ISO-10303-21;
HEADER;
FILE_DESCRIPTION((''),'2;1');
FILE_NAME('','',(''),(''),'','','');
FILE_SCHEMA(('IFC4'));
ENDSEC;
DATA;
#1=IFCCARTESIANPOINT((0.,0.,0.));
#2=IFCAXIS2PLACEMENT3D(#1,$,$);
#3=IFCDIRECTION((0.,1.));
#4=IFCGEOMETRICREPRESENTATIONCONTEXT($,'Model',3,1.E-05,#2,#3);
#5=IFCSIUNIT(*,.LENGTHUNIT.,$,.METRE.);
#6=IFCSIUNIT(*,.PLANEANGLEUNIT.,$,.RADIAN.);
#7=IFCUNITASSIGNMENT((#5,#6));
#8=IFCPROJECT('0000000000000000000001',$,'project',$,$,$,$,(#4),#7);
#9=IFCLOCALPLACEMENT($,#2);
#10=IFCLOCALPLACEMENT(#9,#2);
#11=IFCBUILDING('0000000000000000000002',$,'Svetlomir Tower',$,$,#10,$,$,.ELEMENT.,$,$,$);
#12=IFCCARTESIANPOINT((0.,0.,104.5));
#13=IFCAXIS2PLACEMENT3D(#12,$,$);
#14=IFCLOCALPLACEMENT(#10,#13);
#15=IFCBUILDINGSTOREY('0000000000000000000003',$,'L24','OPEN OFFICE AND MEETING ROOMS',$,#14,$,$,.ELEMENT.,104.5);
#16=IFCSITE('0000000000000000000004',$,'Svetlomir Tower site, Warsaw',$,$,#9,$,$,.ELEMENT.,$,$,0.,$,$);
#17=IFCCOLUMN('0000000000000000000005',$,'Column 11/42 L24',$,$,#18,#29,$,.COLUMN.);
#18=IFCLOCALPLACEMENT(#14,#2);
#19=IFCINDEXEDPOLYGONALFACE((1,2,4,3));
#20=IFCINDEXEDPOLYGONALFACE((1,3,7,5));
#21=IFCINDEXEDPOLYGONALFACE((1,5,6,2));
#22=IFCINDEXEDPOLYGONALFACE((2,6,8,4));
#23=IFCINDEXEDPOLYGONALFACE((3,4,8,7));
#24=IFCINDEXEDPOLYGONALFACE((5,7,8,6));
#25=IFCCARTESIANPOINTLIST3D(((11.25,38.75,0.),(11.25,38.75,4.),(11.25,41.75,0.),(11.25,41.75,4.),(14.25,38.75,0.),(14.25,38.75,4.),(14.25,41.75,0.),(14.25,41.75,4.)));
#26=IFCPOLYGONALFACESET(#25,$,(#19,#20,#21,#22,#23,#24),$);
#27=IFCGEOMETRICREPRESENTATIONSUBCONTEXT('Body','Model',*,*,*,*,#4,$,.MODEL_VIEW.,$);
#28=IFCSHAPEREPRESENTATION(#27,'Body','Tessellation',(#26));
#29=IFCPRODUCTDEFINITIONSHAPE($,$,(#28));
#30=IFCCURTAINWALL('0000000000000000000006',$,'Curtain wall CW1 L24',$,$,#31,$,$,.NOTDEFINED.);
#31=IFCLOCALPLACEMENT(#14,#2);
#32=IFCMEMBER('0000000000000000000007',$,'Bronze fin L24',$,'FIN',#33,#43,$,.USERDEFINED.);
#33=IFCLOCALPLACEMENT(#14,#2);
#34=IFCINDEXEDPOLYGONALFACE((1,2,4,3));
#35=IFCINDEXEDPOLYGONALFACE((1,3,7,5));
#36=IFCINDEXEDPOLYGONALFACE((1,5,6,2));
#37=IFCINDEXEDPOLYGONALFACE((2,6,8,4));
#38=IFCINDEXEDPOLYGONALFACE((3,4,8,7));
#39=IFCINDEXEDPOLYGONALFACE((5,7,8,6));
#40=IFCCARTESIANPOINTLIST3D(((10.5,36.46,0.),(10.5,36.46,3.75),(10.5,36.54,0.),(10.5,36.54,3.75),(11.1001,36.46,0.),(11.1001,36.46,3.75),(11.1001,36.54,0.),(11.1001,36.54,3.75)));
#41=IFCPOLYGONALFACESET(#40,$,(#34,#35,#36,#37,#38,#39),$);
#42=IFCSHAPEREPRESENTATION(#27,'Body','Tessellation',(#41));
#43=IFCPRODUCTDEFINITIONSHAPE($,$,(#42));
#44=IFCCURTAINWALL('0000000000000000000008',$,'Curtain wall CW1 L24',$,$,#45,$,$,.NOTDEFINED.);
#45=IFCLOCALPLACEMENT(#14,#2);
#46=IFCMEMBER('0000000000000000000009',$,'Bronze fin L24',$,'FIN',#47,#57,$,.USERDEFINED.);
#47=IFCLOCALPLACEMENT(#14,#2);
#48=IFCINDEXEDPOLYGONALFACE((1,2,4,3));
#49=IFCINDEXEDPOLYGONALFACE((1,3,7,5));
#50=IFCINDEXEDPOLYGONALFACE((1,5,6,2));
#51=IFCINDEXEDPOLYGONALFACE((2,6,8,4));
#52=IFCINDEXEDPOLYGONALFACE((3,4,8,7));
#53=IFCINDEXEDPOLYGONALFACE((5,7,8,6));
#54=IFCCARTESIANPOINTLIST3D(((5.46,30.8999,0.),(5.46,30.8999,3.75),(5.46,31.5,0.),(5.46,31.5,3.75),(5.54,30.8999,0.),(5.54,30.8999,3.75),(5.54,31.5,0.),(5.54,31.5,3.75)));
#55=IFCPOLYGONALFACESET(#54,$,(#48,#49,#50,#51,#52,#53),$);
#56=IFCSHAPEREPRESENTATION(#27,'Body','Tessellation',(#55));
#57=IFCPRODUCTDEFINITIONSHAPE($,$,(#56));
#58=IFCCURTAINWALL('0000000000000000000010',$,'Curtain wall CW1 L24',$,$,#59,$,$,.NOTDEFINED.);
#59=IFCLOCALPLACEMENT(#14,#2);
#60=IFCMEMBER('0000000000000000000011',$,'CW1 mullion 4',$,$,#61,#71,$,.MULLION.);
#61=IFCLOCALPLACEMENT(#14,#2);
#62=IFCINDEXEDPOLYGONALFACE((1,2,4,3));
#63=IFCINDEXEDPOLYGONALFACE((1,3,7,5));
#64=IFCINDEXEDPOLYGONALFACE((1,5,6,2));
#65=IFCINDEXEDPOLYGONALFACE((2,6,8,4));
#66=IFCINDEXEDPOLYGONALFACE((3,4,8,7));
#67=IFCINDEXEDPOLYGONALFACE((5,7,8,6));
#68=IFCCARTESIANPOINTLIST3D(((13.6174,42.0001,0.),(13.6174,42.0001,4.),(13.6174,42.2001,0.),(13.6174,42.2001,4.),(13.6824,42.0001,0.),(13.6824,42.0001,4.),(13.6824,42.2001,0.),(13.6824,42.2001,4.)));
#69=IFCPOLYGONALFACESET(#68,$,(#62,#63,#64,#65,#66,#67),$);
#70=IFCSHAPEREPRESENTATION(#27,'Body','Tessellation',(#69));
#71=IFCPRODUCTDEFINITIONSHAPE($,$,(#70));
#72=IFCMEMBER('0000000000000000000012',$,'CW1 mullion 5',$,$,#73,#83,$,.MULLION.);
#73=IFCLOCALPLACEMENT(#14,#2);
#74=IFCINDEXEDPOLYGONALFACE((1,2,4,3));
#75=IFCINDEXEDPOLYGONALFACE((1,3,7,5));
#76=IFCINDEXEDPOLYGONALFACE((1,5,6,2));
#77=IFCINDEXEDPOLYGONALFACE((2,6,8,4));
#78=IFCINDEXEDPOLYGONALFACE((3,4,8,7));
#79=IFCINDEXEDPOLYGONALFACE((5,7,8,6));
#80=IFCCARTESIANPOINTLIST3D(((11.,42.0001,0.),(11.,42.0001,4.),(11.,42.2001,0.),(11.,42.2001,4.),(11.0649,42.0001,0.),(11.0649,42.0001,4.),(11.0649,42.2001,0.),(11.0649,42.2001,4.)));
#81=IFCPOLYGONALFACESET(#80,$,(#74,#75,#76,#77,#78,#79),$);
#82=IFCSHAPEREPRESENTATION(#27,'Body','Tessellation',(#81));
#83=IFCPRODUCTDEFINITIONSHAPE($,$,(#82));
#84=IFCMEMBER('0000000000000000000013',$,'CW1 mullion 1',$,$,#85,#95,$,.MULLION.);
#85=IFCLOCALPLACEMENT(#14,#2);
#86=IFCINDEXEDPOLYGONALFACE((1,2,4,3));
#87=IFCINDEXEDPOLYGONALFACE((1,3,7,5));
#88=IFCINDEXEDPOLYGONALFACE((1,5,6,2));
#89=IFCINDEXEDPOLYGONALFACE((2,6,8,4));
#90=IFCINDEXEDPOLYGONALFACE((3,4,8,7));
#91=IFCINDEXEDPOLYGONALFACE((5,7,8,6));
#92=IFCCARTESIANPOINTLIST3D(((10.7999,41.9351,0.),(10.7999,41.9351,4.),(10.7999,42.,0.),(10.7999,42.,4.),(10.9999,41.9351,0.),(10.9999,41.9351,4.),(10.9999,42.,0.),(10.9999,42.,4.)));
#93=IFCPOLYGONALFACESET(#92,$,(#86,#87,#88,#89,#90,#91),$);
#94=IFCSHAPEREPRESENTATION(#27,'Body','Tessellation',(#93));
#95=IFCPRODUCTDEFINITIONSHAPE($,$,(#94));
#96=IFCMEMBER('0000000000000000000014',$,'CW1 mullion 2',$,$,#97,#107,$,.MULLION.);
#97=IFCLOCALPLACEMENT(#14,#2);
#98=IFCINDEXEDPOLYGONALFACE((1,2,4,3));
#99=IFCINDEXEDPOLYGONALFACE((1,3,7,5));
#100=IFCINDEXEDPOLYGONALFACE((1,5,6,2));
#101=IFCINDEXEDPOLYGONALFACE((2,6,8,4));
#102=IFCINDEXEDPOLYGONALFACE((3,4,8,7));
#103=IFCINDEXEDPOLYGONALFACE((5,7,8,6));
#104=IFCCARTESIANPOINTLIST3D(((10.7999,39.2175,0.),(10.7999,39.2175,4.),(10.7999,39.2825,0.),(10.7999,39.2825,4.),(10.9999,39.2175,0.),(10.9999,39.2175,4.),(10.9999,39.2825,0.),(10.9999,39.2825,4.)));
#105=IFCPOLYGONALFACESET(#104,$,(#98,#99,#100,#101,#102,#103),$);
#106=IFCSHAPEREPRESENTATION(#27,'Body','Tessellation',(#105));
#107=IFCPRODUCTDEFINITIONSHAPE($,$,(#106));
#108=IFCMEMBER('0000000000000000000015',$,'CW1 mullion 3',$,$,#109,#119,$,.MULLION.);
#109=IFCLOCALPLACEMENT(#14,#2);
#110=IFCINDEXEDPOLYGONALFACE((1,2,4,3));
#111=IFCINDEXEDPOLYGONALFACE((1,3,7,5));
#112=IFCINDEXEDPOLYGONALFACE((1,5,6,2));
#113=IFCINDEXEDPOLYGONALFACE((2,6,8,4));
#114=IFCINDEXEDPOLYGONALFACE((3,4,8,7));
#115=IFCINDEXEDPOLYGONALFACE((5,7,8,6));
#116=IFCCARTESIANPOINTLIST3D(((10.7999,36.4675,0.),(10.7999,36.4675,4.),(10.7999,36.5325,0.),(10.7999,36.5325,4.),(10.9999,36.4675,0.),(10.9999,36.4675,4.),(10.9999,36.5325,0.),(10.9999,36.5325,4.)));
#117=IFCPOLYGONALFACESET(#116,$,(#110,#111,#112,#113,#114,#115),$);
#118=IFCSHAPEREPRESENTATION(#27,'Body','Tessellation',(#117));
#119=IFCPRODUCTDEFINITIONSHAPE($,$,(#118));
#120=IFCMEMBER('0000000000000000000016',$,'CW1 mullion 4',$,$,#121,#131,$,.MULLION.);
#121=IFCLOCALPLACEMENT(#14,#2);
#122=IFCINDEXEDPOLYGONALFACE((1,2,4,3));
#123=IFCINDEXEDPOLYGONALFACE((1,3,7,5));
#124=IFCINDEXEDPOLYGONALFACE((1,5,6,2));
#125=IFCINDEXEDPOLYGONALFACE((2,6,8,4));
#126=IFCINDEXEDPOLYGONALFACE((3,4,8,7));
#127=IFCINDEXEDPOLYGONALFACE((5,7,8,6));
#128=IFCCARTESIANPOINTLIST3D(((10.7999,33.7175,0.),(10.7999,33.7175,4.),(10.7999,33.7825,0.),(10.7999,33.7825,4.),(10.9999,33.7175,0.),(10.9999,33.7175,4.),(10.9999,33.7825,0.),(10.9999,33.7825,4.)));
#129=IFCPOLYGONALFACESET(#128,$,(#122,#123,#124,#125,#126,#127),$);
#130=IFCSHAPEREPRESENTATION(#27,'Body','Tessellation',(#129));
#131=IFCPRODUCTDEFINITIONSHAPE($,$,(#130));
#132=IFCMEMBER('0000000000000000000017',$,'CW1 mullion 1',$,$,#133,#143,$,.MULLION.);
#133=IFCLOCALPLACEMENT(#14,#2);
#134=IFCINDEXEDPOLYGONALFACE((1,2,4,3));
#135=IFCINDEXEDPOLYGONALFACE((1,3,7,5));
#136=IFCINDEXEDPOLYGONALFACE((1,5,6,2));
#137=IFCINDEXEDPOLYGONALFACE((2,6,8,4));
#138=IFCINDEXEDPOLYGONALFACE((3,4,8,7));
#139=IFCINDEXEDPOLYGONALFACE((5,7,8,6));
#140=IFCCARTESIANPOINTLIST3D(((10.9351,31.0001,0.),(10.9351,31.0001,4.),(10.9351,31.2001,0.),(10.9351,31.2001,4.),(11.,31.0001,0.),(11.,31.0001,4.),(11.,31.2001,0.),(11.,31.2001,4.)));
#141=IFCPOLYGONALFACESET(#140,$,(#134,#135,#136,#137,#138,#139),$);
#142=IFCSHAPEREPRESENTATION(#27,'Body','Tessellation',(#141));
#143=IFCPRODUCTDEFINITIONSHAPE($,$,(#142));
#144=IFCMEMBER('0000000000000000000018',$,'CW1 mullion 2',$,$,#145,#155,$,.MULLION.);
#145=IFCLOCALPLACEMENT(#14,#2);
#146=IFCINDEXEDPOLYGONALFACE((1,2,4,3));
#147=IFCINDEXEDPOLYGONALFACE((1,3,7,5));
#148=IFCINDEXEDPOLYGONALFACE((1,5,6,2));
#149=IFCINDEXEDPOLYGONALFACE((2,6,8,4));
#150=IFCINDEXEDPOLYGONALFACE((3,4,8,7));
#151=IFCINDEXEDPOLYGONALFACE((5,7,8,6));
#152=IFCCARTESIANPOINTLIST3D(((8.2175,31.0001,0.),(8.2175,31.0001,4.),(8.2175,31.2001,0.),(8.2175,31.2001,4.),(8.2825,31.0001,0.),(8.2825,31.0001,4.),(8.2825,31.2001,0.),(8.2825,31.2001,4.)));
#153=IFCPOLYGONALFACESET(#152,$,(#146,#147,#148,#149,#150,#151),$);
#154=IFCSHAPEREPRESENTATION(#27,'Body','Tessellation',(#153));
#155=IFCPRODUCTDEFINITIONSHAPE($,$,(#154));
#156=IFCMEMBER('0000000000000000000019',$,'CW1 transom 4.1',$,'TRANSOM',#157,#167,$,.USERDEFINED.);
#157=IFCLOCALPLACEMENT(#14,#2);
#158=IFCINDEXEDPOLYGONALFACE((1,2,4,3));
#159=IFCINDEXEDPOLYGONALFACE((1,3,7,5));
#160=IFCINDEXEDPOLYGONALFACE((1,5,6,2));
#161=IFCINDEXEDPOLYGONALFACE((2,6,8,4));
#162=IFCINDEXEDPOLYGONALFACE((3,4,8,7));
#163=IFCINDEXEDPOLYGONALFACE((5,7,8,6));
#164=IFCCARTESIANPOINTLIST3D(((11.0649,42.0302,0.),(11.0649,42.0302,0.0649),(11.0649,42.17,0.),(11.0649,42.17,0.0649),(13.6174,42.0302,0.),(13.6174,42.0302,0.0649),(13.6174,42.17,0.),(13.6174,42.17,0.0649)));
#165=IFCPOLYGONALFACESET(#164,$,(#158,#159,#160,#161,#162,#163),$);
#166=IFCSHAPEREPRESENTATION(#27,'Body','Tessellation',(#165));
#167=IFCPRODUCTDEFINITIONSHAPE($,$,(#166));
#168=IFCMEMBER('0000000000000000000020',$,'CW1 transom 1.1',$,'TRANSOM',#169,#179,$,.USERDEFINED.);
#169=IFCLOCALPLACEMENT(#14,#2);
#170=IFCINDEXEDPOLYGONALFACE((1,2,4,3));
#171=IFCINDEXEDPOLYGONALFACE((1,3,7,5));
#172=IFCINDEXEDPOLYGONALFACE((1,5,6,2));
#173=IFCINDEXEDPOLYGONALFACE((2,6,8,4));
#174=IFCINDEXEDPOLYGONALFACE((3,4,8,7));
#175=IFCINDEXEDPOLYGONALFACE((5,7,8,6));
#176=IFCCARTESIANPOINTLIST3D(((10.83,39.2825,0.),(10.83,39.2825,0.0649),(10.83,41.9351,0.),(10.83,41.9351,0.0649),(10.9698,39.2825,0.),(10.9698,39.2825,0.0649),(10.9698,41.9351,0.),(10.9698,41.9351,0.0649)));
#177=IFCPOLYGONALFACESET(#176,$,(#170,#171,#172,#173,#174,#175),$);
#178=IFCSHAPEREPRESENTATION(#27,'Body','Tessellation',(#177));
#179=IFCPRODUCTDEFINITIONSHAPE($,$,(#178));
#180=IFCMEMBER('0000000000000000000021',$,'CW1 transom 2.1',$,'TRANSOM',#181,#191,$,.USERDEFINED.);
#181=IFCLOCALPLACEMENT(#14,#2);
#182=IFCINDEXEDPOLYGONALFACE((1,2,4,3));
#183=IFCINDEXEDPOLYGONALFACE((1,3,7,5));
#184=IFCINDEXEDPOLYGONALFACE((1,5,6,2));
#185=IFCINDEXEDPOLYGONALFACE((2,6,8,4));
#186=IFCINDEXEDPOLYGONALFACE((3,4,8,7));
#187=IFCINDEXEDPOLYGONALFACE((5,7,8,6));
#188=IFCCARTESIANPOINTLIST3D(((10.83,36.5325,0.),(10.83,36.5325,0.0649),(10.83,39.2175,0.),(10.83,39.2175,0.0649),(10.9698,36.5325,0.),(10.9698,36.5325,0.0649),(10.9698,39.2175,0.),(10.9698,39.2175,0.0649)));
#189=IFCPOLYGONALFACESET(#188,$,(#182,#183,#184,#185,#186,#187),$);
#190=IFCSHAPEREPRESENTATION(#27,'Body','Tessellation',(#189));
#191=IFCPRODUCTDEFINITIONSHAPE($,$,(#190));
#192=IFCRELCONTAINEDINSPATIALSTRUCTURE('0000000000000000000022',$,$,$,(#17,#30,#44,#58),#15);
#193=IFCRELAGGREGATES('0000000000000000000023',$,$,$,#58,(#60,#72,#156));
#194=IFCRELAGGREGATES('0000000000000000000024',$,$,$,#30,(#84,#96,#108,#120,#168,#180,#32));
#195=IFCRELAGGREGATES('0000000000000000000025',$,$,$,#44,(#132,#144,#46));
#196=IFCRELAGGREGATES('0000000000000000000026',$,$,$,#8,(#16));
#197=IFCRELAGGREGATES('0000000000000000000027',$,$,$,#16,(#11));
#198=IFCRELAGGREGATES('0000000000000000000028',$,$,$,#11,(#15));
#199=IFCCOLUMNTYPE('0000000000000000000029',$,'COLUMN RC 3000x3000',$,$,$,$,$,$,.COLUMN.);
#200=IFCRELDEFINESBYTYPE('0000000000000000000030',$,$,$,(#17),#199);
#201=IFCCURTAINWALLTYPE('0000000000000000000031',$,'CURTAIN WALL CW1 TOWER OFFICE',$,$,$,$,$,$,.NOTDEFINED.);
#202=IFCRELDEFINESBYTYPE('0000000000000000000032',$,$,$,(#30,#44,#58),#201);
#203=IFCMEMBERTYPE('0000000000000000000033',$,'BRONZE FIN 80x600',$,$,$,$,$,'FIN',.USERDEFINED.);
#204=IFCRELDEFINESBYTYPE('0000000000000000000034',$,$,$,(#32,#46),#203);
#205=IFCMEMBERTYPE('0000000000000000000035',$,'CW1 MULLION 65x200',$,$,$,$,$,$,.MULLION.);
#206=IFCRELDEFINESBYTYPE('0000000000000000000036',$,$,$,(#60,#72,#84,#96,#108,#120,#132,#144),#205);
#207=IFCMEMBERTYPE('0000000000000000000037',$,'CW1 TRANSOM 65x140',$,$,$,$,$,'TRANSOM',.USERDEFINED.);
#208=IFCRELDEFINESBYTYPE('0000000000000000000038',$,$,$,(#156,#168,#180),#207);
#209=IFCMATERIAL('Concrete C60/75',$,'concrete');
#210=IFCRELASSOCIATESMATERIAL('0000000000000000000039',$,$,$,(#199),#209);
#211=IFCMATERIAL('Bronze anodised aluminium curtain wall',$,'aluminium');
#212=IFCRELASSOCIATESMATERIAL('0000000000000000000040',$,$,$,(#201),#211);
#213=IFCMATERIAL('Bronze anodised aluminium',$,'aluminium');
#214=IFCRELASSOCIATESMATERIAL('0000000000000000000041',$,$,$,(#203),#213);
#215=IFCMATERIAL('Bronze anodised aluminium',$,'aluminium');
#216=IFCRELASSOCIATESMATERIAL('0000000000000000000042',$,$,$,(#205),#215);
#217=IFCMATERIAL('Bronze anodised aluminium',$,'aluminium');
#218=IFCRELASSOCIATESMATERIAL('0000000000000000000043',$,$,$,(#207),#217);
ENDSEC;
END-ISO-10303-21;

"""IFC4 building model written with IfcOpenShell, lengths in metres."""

from ifc_helpers import new_model, si_unit, direction, frame, origin, origin_2d, place, context, subcontext, project, spatial, rectangle, extrude, material, material_profile, profile_set, type_object, element, aggregate, save


model = new_model("IFC4")

# Units and contexts
model_context = context("Model", 3, precision=1e-05, world=origin(), true_north=direction((0.0, 1.0)))
body_context = subcontext(model_context, "Body", "Model", "MODEL_VIEW")
ifc_project = project(units=[si_unit("LENGTHUNIT", "METRE"), si_unit("PLANEANGLEUNIT", "RADIAN")], contexts=[model_context])

# Site, building, storey
site_placement = place(None, origin())
site = spatial("IfcSite", under=ifc_project, at=site_placement, Name="Svetlomir Tower site, Warsaw", CompositionType="ELEMENT", RefElevation=0.0)
building_placement = place(site_placement, origin())
building = spatial("IfcBuilding", under=site, at=building_placement, Name="Svetlomir Tower", CompositionType="ELEMENT")
storey_placement = place(building_placement, frame((0.0, 0.0, 104.5)))
storey = spatial("IfcBuildingStorey", under=building, at=storey_placement, Name="L24", Description="OPEN OFFICE AND MEETING ROOMS", CompositionType="ELEMENT", Elevation=104.5)

# Column
ifc_material_1 = material(Name="Concrete C60/75", Category="concrete")
ifc_material_profile_1 = material_profile(ifc_material_1, rectangle(XDim=3.0, YDim=3.0, at=origin_2d()), Name="RC 3000x3000")
ifc_profile_set_1 = profile_set([ifc_material_profile_1], Name="Concrete C60/75")
column_type = type_object("IfcColumnType", Name="COLUMN RC 3000x3000", PredefinedType="COLUMN", material=ifc_profile_set_1)
column_placement = place(storey_placement, frame((12.75, 40.25, 0.0), z_axis=(0.0, 0.0, 1.0), x_axis=(1.0, 0.0, 0.0)))
element("IfcColumn", 1, at=column_placement, inside=storey, type_object=column_type, Name="Column 11/42 L24", PredefinedType="COLUMN", context=body_context, shape_type="SweptSolid", body=[
    extrude(rectangle(XDim=3.0, YDim=3.0, at=origin_2d()), origin(), (0.0, 0.0, 1.0), 4.0),
])

# Curtain walls, members
ifc_material_2 = material(Name="Bronze anodised aluminium curtain wall", Category="aluminium")
curtain_wall_type = type_object("IfcCurtainWallType", Name="CURTAIN WALL CW1 TOWER OFFICE", PredefinedType="NOTDEFINED", material=ifc_material_2)
curtain_wall_1_placement = place(storey_placement, origin())
curtain_wall_1 = element("IfcCurtainWall", 2, at=curtain_wall_1_placement, inside=storey, type_object=curtain_wall_type, Name="Curtain wall CW1 L24", PredefinedType="NOTDEFINED")
ifc_material_3 = material(Name="Bronze anodised aluminium", Category="aluminium")
ifc_material_profile_2 = material_profile(ifc_material_3, rectangle(XDim=0.0801, YDim=0.6001, at=origin_2d()), Name="FIN 80x600")
ifc_profile_set_2 = profile_set([ifc_material_profile_2], Name="Bronze anodised aluminium 6063-T6")
member_type_1 = type_object("IfcMemberType", Name="BRONZE FIN 80x600", ElementType="FIN", PredefinedType="USERDEFINED", material=ifc_profile_set_2)
member_1_placement = place(storey_placement, frame((10.8, 36.5, 0.0), z_axis=(0.0, 0.0, 1.0), x_axis=(0.0, 1.0, 0.0)))
member_1 = element("IfcMember", 3, at=member_1_placement, type_object=member_type_1, Name="Bronze fin L24", ObjectType="FIN", PredefinedType="USERDEFINED", context=body_context, shape_type="SweptSolid", body=[
    extrude(rectangle(XDim=0.0801, YDim=0.6001, at=origin_2d()), origin(), (0.0, 0.0, 1.0), 3.75),
])
curtain_wall_2_placement = place(storey_placement, origin())
curtain_wall_2 = element("IfcCurtainWall", 4, at=curtain_wall_2_placement, inside=storey, type_object=curtain_wall_type, Name="Curtain wall CW1 L24", PredefinedType="NOTDEFINED")
member_2_placement = place(storey_placement, frame((5.5, 31.2, 0.0), z_axis=(0.0, 0.0, 1.0), x_axis=(1.0, 0.0, 0.0)))
member_2 = element("IfcMember", 5, at=member_2_placement, type_object=member_type_1, Name="Bronze fin L24", ObjectType="FIN", PredefinedType="USERDEFINED", context=body_context, shape_type="SweptSolid", body=[
    extrude(rectangle(XDim=0.0801, YDim=0.6001, at=origin_2d()), origin(), (0.0, 0.0, 1.0), 3.75),
])

# Curtain wall, members
curtain_wall_3_placement = place(storey_placement, origin())
curtain_wall_3 = element("IfcCurtainWall", 6, at=curtain_wall_3_placement, inside=storey, type_object=curtain_wall_type, Name="Curtain wall CW1 L24", PredefinedType="NOTDEFINED")
ifc_material_4 = material(Name="Bronze anodised aluminium", Category="aluminium")
ifc_material_profile_3 = material_profile(ifc_material_4, rectangle(XDim=0.0649, YDim=0.2, at=origin_2d()), Name="AL 65x200")
ifc_profile_set_3 = profile_set([ifc_material_profile_3], Name="Bronze anodised aluminium 6063-T6")
member_type_2 = type_object("IfcMemberType", Name="CW1 MULLION 65x200", PredefinedType="MULLION", material=ifc_profile_set_3)
member_3_placement = place(storey_placement, frame((13.6499, 42.1001, 0.0), z_axis=(0.0, 0.0, 1.0), x_axis=(-1.0, 0.0, 0.0)))
member_3 = element("IfcMember", 7, at=member_3_placement, type_object=member_type_2, Name="CW1 mullion 4", PredefinedType="MULLION", context=body_context, shape_type="SweptSolid", body=[
    extrude(rectangle(XDim=0.0649, YDim=0.2, at=origin_2d()), origin(), (0.0, 0.0, 1.0), 4.0),
])
member_4_placement = place(storey_placement, frame((11.0325, 42.1001, 0.0), z_axis=(0.0, 0.0, 1.0), x_axis=(-1.0, 0.0, 0.0)))
member_4 = element("IfcMember", 8, at=member_4_placement, type_object=member_type_2, Name="CW1 mullion 5", PredefinedType="MULLION", context=body_context, shape_type="SweptSolid", body=[
    extrude(rectangle(XDim=0.0649, YDim=0.2, at=origin_2d()), origin(), (0.0, 0.0, 1.0), 4.0),
])

# Members
member_5_placement = place(storey_placement, frame((10.8999, 41.9675, 0.0), z_axis=(0.0, 0.0, 1.0), x_axis=(0.0, -1.0, 0.0)))
member_5 = element("IfcMember", 9, at=member_5_placement, type_object=member_type_2, Name="CW1 mullion 1", PredefinedType="MULLION", context=body_context, shape_type="SweptSolid", body=[
    extrude(rectangle(XDim=0.0649, YDim=0.2, at=origin_2d()), origin(), (0.0, 0.0, 1.0), 4.0),
])
member_6_placement = place(storey_placement, frame((10.8999, 39.25, 0.0), z_axis=(0.0, 0.0, 1.0), x_axis=(0.0, -1.0, 0.0)))
member_6 = element("IfcMember", 10, at=member_6_placement, type_object=member_type_2, Name="CW1 mullion 2", PredefinedType="MULLION", context=body_context, shape_type="SweptSolid", body=[
    extrude(rectangle(XDim=0.0649, YDim=0.2, at=origin_2d()), origin(), (0.0, 0.0, 1.0), 4.0),
])
member_7_placement = place(storey_placement, frame((10.8999, 36.5, 0.0), z_axis=(0.0, 0.0, 1.0), x_axis=(0.0, -1.0, 0.0)))
member_7 = element("IfcMember", 11, at=member_7_placement, type_object=member_type_2, Name="CW1 mullion 3", PredefinedType="MULLION", context=body_context, shape_type="SweptSolid", body=[
    extrude(rectangle(XDim=0.0649, YDim=0.2, at=origin_2d()), origin(), (0.0, 0.0, 1.0), 4.0),
])
member_8_placement = place(storey_placement, frame((10.8999, 33.75, 0.0), z_axis=(0.0, 0.0, 1.0), x_axis=(0.0, -1.0, 0.0)))
member_8 = element("IfcMember", 12, at=member_8_placement, type_object=member_type_2, Name="CW1 mullion 4", PredefinedType="MULLION", context=body_context, shape_type="SweptSolid", body=[
    extrude(rectangle(XDim=0.0649, YDim=0.2, at=origin_2d()), origin(), (0.0, 0.0, 1.0), 4.0),
])
member_9_placement = place(storey_placement, frame((10.9675, 31.1001, 0.0), z_axis=(0.0, 0.0, 1.0), x_axis=(-1.0, 0.0, 0.0)))
member_9 = element("IfcMember", 13, at=member_9_placement, type_object=member_type_2, Name="CW1 mullion 1", PredefinedType="MULLION", context=body_context, shape_type="SweptSolid", body=[
    extrude(rectangle(XDim=0.0649, YDim=0.2, at=origin_2d()), origin(), (0.0, 0.0, 1.0), 4.0),
])
member_10_placement = place(storey_placement, frame((8.25, 31.1001, 0.0), z_axis=(0.0, 0.0, 1.0), x_axis=(-1.0, 0.0, 0.0)))
member_10 = element("IfcMember", 14, at=member_10_placement, type_object=member_type_2, Name="CW1 mullion 2", PredefinedType="MULLION", context=body_context, shape_type="SweptSolid", body=[
    extrude(rectangle(XDim=0.0649, YDim=0.2, at=origin_2d()), origin(), (0.0, 0.0, 1.0), 4.0),
])
ifc_material_5 = material(Name="Bronze anodised aluminium", Category="aluminium")
ifc_material_profile_4 = material_profile(ifc_material_5, rectangle(XDim=0.1399, YDim=0.0649, at=origin_2d()), Name="AL 140x65")
ifc_profile_set_4 = profile_set([ifc_material_profile_4], Name="Bronze anodised aluminium 6063-T6")
member_type_3 = type_object("IfcMemberType", Name="CW1 TRANSOM 65x140", ElementType="TRANSOM", PredefinedType="USERDEFINED", material=ifc_profile_set_4)
member_11_placement = place(storey_placement, frame((13.6174, 42.1001, 0.0325), z_axis=(-1.0, 0.0, 0.0), x_axis=(0.0, -1.0, 0.0)))
member_11 = element("IfcMember", 15, at=member_11_placement, type_object=member_type_3, Name="CW1 transom 4.1", ObjectType="TRANSOM", PredefinedType="USERDEFINED", context=body_context, shape_type="SweptSolid", body=[
    extrude(rectangle(XDim=0.1399, YDim=0.0649, at=origin_2d()), origin(), (0.0, 0.0, 1.0), 2.5525),
])
member_12_placement = place(storey_placement, frame((10.8999, 41.9351, 0.0325), z_axis=(0.0, -1.0, 0.0), x_axis=(1.0, 0.0, 0.0)))
member_12 = element("IfcMember", 16, at=member_12_placement, type_object=member_type_3, Name="CW1 transom 1.1", ObjectType="TRANSOM", PredefinedType="USERDEFINED", context=body_context, shape_type="SweptSolid", body=[
    extrude(rectangle(XDim=0.1399, YDim=0.0649, at=origin_2d()), origin(), (0.0, 0.0, 1.0), 2.6526),
])
member_13_placement = place(storey_placement, frame((10.8999, 39.2175, 0.0325), z_axis=(0.0, -1.0, 0.0), x_axis=(1.0, 0.0, 0.0)))
member_13 = element("IfcMember", 17, at=member_13_placement, type_object=member_type_3, Name="CW1 transom 2.1", ObjectType="TRANSOM", PredefinedType="USERDEFINED", context=body_context, shape_type="SweptSolid", body=[
    extrude(rectangle(XDim=0.1399, YDim=0.0649, at=origin_2d()), origin(), (0.0, 0.0, 1.0), 2.6851),
])

aggregate(curtain_wall_3, [member_3, member_4, member_11])
aggregate(curtain_wall_1, [member_5, member_6, member_7, member_8, member_12, member_13, member_1])
aggregate(curtain_wall_2, [member_9, member_10, member_2])

save(model, "model.ifc")
